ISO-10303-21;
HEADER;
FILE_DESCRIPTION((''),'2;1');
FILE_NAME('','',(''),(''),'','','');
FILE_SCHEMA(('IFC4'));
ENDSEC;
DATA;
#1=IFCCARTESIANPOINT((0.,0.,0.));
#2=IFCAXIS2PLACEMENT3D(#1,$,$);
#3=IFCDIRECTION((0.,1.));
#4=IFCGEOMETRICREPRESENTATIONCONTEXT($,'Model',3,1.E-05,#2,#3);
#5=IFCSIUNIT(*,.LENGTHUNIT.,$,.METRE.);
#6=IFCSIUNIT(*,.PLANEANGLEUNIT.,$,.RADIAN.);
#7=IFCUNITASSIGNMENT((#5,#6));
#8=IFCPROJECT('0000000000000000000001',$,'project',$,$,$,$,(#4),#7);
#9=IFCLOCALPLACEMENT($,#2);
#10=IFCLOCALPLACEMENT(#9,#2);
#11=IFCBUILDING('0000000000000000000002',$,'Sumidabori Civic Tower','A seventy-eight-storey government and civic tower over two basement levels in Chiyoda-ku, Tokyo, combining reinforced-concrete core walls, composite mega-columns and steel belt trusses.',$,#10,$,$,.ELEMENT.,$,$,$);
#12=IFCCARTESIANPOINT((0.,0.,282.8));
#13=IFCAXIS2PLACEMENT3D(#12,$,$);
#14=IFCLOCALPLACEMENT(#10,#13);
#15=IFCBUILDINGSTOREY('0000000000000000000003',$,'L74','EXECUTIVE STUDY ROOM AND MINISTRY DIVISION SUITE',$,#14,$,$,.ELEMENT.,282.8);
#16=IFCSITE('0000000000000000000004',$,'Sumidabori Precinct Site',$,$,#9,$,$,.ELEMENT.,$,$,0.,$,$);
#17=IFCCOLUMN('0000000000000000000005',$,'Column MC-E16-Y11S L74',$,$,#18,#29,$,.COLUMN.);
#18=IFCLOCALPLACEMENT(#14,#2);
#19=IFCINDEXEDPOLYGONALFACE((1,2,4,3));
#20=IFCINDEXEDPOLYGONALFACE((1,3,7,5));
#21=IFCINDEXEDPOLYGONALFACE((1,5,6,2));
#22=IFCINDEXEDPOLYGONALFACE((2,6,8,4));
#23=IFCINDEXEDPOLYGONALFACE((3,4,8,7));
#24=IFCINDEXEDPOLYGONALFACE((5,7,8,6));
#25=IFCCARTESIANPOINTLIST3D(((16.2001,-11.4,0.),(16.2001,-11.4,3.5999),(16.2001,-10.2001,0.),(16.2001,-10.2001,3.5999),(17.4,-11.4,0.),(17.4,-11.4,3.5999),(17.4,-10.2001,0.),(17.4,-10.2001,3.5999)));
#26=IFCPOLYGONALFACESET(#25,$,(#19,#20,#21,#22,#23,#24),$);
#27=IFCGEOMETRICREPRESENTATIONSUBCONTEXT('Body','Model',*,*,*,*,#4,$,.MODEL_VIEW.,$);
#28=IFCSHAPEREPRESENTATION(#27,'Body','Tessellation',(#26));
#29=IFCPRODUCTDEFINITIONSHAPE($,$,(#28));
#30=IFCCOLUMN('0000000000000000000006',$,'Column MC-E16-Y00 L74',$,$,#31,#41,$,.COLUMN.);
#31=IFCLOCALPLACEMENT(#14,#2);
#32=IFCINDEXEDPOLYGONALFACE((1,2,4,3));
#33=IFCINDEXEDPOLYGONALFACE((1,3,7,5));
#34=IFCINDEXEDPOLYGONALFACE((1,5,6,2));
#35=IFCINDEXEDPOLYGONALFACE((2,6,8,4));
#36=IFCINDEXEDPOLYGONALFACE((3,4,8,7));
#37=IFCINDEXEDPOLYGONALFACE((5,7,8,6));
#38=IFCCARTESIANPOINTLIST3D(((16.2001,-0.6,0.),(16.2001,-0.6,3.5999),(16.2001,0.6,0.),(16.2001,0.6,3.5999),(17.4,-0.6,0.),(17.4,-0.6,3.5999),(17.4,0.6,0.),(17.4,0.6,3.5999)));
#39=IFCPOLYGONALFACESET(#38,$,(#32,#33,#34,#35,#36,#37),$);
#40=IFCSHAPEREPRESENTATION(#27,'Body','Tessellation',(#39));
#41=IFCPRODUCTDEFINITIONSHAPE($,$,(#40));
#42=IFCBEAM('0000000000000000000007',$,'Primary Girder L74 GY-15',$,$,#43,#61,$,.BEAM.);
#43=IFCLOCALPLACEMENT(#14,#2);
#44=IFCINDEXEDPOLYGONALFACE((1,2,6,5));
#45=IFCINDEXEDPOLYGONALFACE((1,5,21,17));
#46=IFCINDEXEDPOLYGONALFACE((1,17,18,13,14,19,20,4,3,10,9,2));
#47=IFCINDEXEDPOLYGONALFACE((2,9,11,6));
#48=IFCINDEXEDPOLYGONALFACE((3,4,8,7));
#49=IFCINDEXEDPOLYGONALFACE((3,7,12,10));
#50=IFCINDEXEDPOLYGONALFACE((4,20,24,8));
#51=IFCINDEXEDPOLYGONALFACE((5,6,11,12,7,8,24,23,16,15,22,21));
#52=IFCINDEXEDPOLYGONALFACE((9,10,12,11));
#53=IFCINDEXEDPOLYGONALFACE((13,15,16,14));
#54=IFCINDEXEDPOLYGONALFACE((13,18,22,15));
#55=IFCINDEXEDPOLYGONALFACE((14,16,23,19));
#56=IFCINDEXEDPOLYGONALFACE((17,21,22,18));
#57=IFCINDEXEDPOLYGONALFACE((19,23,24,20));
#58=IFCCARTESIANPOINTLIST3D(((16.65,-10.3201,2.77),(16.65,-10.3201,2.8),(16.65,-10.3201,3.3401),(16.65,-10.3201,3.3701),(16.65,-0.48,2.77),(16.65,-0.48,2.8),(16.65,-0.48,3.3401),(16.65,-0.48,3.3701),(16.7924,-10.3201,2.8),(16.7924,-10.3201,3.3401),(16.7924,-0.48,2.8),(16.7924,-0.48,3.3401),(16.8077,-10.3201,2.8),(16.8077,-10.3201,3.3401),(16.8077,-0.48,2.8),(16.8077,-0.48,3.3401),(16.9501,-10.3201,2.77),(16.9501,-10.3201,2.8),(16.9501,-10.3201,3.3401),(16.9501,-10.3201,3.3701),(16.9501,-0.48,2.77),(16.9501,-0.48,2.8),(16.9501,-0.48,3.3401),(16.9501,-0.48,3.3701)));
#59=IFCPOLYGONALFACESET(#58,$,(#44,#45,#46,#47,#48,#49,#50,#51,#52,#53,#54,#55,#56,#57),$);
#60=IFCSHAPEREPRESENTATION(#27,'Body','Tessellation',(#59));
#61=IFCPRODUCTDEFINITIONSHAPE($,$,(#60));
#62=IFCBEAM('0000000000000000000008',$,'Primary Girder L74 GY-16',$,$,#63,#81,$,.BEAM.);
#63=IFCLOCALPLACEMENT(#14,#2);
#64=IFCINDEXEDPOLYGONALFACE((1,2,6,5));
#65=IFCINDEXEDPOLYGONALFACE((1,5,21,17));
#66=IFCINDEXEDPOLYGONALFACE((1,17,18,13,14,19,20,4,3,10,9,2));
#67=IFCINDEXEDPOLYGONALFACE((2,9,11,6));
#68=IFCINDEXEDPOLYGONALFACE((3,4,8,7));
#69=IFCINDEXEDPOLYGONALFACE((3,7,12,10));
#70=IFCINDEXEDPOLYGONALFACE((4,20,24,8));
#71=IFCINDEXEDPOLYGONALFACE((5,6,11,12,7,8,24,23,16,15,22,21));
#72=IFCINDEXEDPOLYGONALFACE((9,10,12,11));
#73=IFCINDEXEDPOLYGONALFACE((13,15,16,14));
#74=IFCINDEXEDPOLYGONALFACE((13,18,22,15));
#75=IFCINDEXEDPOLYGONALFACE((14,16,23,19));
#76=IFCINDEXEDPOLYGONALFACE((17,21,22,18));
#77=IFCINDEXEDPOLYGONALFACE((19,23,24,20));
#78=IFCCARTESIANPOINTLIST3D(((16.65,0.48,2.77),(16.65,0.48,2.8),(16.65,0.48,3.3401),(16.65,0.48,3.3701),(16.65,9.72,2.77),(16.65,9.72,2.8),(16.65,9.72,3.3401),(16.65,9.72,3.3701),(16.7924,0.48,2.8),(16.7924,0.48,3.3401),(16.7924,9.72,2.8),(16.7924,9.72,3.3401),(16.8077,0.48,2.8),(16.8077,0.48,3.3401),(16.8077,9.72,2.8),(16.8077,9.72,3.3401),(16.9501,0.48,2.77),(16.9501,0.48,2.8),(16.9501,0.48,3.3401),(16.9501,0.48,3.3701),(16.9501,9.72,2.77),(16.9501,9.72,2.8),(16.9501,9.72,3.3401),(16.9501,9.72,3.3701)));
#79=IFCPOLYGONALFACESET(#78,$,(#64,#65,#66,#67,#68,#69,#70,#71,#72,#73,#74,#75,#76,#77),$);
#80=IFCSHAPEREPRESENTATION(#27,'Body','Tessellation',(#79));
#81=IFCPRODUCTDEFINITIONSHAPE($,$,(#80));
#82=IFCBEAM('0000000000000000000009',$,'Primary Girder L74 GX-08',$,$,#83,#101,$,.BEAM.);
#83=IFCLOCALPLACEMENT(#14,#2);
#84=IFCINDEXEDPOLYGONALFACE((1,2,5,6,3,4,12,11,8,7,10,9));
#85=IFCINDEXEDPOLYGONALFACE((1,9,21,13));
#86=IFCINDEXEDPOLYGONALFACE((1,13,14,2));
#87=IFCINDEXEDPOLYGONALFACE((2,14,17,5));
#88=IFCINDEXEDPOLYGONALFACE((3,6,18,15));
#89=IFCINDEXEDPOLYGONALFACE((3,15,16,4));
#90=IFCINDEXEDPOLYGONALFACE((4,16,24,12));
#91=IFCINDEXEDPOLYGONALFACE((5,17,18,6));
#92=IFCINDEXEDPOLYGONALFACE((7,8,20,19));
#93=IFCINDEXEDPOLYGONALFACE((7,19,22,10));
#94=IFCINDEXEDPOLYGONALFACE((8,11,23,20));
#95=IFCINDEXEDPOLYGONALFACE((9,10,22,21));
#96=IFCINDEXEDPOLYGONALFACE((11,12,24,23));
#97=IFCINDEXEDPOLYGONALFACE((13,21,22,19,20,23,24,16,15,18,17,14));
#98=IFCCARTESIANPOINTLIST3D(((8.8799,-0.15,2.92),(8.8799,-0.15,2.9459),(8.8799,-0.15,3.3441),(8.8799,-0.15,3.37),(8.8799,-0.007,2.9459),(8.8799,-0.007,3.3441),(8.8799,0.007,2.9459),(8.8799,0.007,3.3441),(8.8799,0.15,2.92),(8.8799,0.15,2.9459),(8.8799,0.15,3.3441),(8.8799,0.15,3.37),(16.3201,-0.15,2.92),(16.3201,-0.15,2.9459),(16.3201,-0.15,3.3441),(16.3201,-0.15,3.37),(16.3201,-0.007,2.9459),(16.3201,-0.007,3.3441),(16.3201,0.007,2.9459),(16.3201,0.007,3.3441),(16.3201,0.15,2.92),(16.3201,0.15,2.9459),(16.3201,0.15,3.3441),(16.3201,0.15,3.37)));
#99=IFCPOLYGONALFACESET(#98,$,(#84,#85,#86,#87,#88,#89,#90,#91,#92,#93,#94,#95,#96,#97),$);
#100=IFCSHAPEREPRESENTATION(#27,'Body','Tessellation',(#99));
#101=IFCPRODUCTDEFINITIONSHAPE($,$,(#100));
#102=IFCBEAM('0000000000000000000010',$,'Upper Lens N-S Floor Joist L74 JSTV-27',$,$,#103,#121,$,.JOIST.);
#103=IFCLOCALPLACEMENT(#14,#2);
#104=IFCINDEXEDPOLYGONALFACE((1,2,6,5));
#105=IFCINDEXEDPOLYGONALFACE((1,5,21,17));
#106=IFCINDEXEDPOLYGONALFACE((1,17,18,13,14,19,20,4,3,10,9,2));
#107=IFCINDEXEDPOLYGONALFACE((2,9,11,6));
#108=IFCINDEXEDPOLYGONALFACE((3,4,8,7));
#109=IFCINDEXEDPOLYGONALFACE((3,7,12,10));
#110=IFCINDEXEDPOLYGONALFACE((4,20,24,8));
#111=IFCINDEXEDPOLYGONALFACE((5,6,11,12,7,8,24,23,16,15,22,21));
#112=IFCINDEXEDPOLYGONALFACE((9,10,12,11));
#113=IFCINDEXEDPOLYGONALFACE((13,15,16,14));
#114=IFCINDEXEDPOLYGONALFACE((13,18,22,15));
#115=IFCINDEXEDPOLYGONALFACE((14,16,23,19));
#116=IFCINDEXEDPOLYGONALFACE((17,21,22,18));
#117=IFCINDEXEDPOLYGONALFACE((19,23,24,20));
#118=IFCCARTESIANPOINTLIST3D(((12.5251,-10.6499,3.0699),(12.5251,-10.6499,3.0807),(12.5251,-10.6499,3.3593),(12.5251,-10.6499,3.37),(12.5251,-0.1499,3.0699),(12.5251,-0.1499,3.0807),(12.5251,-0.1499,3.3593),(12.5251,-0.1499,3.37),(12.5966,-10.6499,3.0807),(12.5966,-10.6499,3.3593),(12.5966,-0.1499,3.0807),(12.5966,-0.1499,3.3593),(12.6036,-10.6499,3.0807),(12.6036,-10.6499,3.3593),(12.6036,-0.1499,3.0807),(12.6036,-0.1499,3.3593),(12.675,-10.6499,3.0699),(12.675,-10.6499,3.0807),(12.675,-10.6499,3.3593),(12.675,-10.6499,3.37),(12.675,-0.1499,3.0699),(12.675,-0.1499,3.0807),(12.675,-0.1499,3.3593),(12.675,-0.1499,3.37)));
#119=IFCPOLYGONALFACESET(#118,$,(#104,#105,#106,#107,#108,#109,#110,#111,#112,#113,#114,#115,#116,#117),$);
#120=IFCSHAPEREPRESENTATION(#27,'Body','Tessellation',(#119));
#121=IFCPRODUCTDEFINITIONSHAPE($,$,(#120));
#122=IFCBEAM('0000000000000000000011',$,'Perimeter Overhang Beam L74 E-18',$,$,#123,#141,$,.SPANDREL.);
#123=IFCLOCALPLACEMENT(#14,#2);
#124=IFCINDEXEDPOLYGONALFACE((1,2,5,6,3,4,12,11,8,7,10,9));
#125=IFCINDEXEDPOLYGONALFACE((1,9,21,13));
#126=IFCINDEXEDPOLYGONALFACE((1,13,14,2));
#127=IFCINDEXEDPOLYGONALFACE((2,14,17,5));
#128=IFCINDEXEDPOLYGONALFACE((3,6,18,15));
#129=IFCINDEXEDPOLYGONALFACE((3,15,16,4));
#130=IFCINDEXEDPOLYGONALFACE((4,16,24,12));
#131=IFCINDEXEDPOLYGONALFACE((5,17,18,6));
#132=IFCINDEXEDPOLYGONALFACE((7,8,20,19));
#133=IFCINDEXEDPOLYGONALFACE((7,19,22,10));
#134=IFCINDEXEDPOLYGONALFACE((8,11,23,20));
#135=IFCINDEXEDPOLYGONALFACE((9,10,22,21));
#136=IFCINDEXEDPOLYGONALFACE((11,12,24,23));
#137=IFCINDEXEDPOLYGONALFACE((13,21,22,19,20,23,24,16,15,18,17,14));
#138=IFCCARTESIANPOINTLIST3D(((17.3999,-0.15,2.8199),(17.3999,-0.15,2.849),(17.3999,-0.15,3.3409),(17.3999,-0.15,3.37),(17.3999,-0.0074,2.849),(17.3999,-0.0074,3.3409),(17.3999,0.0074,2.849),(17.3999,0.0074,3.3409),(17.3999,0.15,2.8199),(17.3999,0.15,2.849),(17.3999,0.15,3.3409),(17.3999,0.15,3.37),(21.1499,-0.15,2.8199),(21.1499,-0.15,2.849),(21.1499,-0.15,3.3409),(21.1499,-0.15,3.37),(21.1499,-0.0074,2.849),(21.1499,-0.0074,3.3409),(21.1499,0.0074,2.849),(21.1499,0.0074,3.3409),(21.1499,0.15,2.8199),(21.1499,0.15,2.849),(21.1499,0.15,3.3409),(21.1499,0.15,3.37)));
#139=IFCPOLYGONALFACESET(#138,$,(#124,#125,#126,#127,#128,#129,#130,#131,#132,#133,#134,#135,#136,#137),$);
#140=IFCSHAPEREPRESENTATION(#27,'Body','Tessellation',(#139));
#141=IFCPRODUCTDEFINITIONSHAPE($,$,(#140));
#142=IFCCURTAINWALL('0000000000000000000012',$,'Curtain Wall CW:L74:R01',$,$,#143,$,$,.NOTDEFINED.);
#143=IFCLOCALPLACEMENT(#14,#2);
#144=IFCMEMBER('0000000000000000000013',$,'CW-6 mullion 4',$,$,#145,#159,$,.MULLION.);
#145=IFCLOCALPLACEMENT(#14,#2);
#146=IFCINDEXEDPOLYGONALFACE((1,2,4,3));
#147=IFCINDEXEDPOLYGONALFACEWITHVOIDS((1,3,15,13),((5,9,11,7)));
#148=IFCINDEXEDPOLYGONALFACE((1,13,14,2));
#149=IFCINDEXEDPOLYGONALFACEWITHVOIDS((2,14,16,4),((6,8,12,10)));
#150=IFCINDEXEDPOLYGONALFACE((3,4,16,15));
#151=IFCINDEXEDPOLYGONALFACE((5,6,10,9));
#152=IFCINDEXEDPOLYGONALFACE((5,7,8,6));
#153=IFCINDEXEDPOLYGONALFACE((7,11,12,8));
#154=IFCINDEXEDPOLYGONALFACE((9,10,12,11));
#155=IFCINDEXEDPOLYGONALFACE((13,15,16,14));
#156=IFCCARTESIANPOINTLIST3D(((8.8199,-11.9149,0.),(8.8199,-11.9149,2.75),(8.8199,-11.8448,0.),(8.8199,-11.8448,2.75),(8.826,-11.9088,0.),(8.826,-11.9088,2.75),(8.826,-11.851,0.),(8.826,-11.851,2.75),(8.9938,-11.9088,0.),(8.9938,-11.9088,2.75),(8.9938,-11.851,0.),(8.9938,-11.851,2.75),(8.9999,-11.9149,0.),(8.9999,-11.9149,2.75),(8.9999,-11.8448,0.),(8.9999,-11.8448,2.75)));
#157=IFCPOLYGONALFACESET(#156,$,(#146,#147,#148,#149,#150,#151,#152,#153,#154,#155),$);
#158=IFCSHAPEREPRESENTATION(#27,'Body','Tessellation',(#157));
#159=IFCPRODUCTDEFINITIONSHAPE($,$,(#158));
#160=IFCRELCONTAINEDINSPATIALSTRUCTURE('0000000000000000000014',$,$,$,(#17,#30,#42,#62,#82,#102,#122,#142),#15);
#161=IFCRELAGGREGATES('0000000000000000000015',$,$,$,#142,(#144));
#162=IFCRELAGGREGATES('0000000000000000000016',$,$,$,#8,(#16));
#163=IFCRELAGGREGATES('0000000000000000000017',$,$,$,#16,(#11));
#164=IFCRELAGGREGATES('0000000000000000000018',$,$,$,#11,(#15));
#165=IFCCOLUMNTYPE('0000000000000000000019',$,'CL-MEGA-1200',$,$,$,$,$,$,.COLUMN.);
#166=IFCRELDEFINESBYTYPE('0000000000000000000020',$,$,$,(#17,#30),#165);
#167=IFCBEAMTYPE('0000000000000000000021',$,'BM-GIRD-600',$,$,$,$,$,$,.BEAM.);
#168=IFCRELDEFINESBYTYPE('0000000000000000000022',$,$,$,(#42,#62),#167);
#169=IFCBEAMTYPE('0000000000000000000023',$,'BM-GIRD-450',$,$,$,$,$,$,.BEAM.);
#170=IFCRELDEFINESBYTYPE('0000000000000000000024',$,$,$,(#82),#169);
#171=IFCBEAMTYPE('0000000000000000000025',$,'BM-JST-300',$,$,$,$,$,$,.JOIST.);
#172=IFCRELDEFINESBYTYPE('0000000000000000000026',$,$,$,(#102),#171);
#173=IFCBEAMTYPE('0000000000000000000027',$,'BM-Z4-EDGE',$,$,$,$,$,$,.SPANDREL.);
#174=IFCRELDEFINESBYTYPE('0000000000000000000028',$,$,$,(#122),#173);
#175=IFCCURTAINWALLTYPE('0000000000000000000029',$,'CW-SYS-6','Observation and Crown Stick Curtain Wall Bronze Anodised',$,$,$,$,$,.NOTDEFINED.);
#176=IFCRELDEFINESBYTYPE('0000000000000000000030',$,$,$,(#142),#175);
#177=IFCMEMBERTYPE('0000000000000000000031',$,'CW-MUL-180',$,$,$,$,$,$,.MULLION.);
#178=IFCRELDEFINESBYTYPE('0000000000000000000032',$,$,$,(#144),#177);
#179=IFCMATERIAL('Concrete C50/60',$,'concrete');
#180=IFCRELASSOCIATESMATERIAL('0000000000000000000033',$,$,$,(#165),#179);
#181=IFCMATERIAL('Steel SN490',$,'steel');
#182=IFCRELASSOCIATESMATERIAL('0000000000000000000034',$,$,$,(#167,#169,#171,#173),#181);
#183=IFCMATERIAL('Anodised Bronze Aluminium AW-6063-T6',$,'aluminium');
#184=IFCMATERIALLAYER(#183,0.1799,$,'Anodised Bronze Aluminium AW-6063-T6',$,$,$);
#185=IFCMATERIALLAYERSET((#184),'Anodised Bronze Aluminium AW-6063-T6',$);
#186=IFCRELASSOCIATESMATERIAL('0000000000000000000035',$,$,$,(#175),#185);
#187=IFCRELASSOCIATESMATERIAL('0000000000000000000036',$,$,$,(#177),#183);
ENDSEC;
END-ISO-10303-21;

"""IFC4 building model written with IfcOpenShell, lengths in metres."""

from ifc_helpers import new_model, si_unit, direction, frame, origin, origin_2d, place, context, subcontext, project, spatial, rectangle, hollow_rectangle, i_section, extrude, source, transform, mapped, material, layer, layer_set, material_profile, profile_set, type_object, element, aggregate, save


model = new_model("IFC4")

# Units and contexts
model_context = context("Model", 3, precision=1e-05, world=origin(), true_north=direction((0.0, 1.0)))
body_context = subcontext(model_context, "Body", "Model", "MODEL_VIEW")
ifc_project = project(units=[si_unit("LENGTHUNIT", "METRE"), si_unit("PLANEANGLEUNIT", "RADIAN")], contexts=[model_context])

# Site, building, storey
site_placement = place(None, origin())
site = spatial("IfcSite", under=ifc_project, at=site_placement, Name="Sumidabori Precinct Site", CompositionType="ELEMENT", RefElevation=0.0)
building_placement = place(site_placement, origin())
building = spatial("IfcBuilding", under=site, at=building_placement, Name="Sumidabori Civic Tower", Description="A seventy-eight-storey government and civic tower over two basement levels in Chiyoda-ku, Tokyo, combining reinforced-concrete core walls, composite mega-columns and steel belt trusses.", CompositionType="ELEMENT")
storey_placement = place(building_placement, frame((0.0, 0.0, 282.8)))
storey = spatial("IfcBuildingStorey", under=building, at=storey_placement, Name="L74", Description="EXECUTIVE STUDY ROOM AND MINISTRY DIVISION SUITE", CompositionType="ELEMENT", Elevation=282.8)

# Columns
ifc_material_1 = material(Name="Concrete C50/60", Category="concrete")
ifc_material_profile_1 = material_profile(ifc_material_1, rectangle(XDim=1.2, YDim=1.2, at=origin_2d()), Name="RC 1200x1200")
ifc_profile_set_1 = profile_set([ifc_material_profile_1], Name="Concrete C50/60")
column_type = type_object("IfcColumnType", Name="CL-MEGA-1200", PredefinedType="COLUMN", material=ifc_profile_set_1)
shared_shape_1 = source(origin(), body_context, "Body", "SweptSolid", [
    extrude(rectangle(XDim=1.2, YDim=1.2, at=origin_2d()), origin(), (0.0, 0.0, 1.0), 3.5999),
])
for number, where, z_axis, x_axis, name in (
    (1, (16.8, -10.8, 0.0), (0.0, 0.0, 1.0), (1.0, 0.0, 0.0), "Column MC-E16-Y11S L74"),
    (2, (16.8, 0.0, 0.0), (0.0, 0.0, 1.0), (1.0, 0.0, 0.0), "Column MC-E16-Y00 L74"),
):
    element("IfcColumn", number, at=place(storey_placement, frame(where, z_axis=z_axis, x_axis=x_axis)), inside=storey, type_object=column_type, Name=name, PredefinedType="COLUMN", context=body_context, shape_type="MappedRepresentation", body=[
        mapped(shared_shape_1, transform((0.0, 0.0, 0.0), x_axis=(1.0, 0.0, 0.0), y_axis=(0.0, 1.0, 0.0), z_axis=(0.0, 0.0, 1.0), scale=1.0)),
    ])

# Beams
ifc_material_2 = material(Name="Steel SN490", Category="steel")
ifc_material_profile_2 = material_profile(ifc_material_2, i_section(OverallWidth=0.3, OverallDepth=0.6001, WebThickness=0.0154, FlangeThickness=0.03, at=origin_2d()), Name="HE 600 B")
ifc_profile_set_2 = profile_set([ifc_material_profile_2], Name="Steel SN490")
beam_type_1 = type_object("IfcBeamType", Name="BM-GIRD-600", PredefinedType="BEAM", material=ifc_profile_set_2)
shared_shape_2 = source(origin(), body_context, "Body", "SweptSolid", [
    extrude(i_section(OverallWidth=0.3, OverallDepth=0.6001, WebThickness=0.0154, FlangeThickness=0.03, at=origin_2d()), origin(), (0.0, 0.0, 1.0), 9.8401),
])
beam_1_placement = place(storey_placement, frame((16.8, -10.3201, 3.0701), z_axis=(0.0, 1.0, 0.0), x_axis=(-1.0, 0.0, 0.0)))
element("IfcBeam", 3, at=beam_1_placement, inside=storey, type_object=beam_type_1, Name="Primary Girder L74 GY-15", PredefinedType="BEAM", context=body_context, shape_type="MappedRepresentation", body=[
    mapped(shared_shape_2, transform((0.0, 0.0, 0.0), x_axis=(1.0, 0.0, 0.0), y_axis=(0.0, 1.0, 0.0), z_axis=(0.0, 0.0, 1.0), scale=1.0)),
])
shared_shape_3 = source(origin(), body_context, "Body", "SweptSolid", [
    extrude(i_section(OverallWidth=0.3, OverallDepth=0.6001, WebThickness=0.0154, FlangeThickness=0.03, at=origin_2d()), origin(), (0.0, 0.0, 1.0), 9.24),
])
beam_2_placement = place(storey_placement, frame((16.8, 0.48, 3.0701), z_axis=(0.0, 1.0, 0.0), x_axis=(-1.0, 0.0, 0.0)))
element("IfcBeam", 4, at=beam_2_placement, inside=storey, type_object=beam_type_1, Name="Primary Girder L74 GY-16", PredefinedType="BEAM", context=body_context, shape_type="MappedRepresentation", body=[
    mapped(shared_shape_3, transform((0.0, 0.0, 0.0), x_axis=(1.0, 0.0, 0.0), y_axis=(0.0, 1.0, 0.0), z_axis=(0.0, 0.0, 1.0), scale=1.0)),
])
ifc_material_profile_3 = material_profile(ifc_material_2, i_section(OverallWidth=0.3, OverallDepth=0.45, WebThickness=0.0139, FlangeThickness=0.0259, at=origin_2d()), Name="HE 450 B")
ifc_profile_set_3 = profile_set([ifc_material_profile_3], Name="Steel SN490")
beam_type_2 = type_object("IfcBeamType", Name="BM-GIRD-450", PredefinedType="BEAM", material=ifc_profile_set_3)
shared_shape_4 = source(origin(), body_context, "Body", "SweptSolid", [
    extrude(i_section(OverallWidth=0.3, OverallDepth=0.45, WebThickness=0.0139, FlangeThickness=0.0259, at=origin_2d()), origin(), (0.0, 0.0, 1.0), 7.4402),
])
beam_3_placement = place(storey_placement, frame((8.8799, 0.0, 3.145), z_axis=(1.0, 0.0, 0.0), x_axis=(0.0, 1.0, 0.0)))
element("IfcBeam", 5, at=beam_3_placement, inside=storey, type_object=beam_type_2, Name="Primary Girder L74 GX-08", PredefinedType="BEAM", context=body_context, shape_type="MappedRepresentation", body=[
    mapped(shared_shape_4, transform((0.0, 0.0, 0.0), x_axis=(1.0, 0.0, 0.0), y_axis=(0.0, 1.0, 0.0), z_axis=(0.0, 0.0, 1.0), scale=1.0)),
])
ifc_material_profile_4 = material_profile(ifc_material_2, i_section(OverallWidth=0.1499, OverallDepth=0.3, WebThickness=0.0071, FlangeThickness=0.0107, at=origin_2d()), Name="IPE 300")
ifc_profile_set_4 = profile_set([ifc_material_profile_4], Name="Steel SN490")
beam_type_3 = type_object("IfcBeamType", Name="BM-JST-300", PredefinedType="JOIST", material=ifc_profile_set_4)
shared_shape_5 = source(origin(), body_context, "Body", "SweptSolid", [
    extrude(i_section(OverallWidth=0.1499, OverallDepth=0.3, WebThickness=0.0071, FlangeThickness=0.0107, at=origin_2d()), origin(), (0.0, 0.0, 1.0), 10.5),
])
beam_4_placement = place(storey_placement, frame((12.6001, -10.6499, 3.22), z_axis=(0.0, 1.0, 0.0), x_axis=(-1.0, 0.0, 0.0)))
element("IfcBeam", 6, at=beam_4_placement, inside=storey, type_object=beam_type_3, Name="Upper Lens N-S Floor Joist L74 JSTV-27", PredefinedType="JOIST", context=body_context, shape_type="MappedRepresentation", body=[
    mapped(shared_shape_5, transform((0.0, 0.0, 0.0), x_axis=(1.0, 0.0, 0.0), y_axis=(0.0, 1.0, 0.0), z_axis=(0.0, 0.0, 1.0), scale=1.0)),
])
ifc_material_profile_5 = material_profile(ifc_material_2, i_section(OverallWidth=0.3, OverallDepth=0.55, WebThickness=0.0149, FlangeThickness=0.0291, at=origin_2d()), Name="HE 550 B")
ifc_profile_set_5 = profile_set([ifc_material_profile_5], Name="Steel SN490")
beam_type_4 = type_object("IfcBeamType", Name="BM-Z4-EDGE", PredefinedType="SPANDREL", material=ifc_profile_set_5)
shared_shape_6 = source(origin(), body_context, "Body", "SweptSolid", [
    extrude(i_section(OverallWidth=0.3, OverallDepth=0.55, WebThickness=0.0149, FlangeThickness=0.0291, at=origin_2d()), origin(), (0.0, 0.0, 1.0), 3.75),
])
beam_5_placement = place(storey_placement, frame((17.3999, 0.0, 3.095), z_axis=(1.0, 0.0, 0.0), x_axis=(0.0, 1.0, 0.0)))
element("IfcBeam", 7, at=beam_5_placement, inside=storey, type_object=beam_type_4, Name="Perimeter Overhang Beam L74 E-18", PredefinedType="SPANDREL", context=body_context, shape_type="MappedRepresentation", body=[
    mapped(shared_shape_6, transform((0.0, 0.0, 0.0), x_axis=(1.0, 0.0, 0.0), y_axis=(0.0, 1.0, 0.0), z_axis=(0.0, 0.0, 1.0), scale=1.0)),
])

# Curtain wall, member
ifc_material_3 = material(Name="Anodised Bronze Aluminium AW-6063-T6", Category="aluminium")
ifc_layer_1 = layer(ifc_material_3, 0.1799, Name="Anodised Bronze Aluminium AW-6063-T6")
ifc_layer_set_1 = layer_set([ifc_layer_1], Name="Anodised Bronze Aluminium AW-6063-T6")
curtain_wall_type = type_object("IfcCurtainWallType", Name="CW-SYS-6", Description="Observation and Crown Stick Curtain Wall Bronze Anodised", PredefinedType="NOTDEFINED", material=ifc_layer_set_1)
curtain_wall_1_placement = place(storey_placement, origin())
curtain_wall_1 = element("IfcCurtainWall", 8, at=curtain_wall_1_placement, inside=storey, type_object=curtain_wall_type, Name="Curtain Wall CW:L74:R01", PredefinedType="NOTDEFINED")
ifc_material_profile_6 = material_profile(ifc_material_3, hollow_rectangle(XDim=0.0701, YDim=0.1799, WallThickness=0.0061, at=origin_2d()), Name="ALU MULLION 180x70")
ifc_profile_set_6 = profile_set([ifc_material_profile_6], Name="Anodised Bronze Aluminium AW-6063-T6")
member_type_1 = type_object("IfcMemberType", Name="CW-MUL-180", PredefinedType="MULLION", material=ifc_profile_set_6)
shared_shape_7 = source(origin(), body_context, "Body", "SweptSolid", [
    extrude(hollow_rectangle(XDim=0.0701, YDim=0.1799, WallThickness=0.0061, at=origin_2d()), origin(), (0.0, 0.0, 1.0), 2.75),
])
member_1_placement = place(storey_placement, frame((8.9099, -11.8799, 0.0), z_axis=(0.0, 0.0, 1.0), x_axis=(0.0, 1.0, 0.0)))
member_1 = element("IfcMember", 9, at=member_1_placement, type_object=member_type_1, Name="CW-6 mullion 4", PredefinedType="MULLION", context=body_context, shape_type="MappedRepresentation", body=[
    mapped(shared_shape_7, transform((0.0, 0.0, 0.0), x_axis=(1.0, 0.0, 0.0), y_axis=(0.0, 1.0, 0.0), z_axis=(0.0, 0.0, 1.0), scale=1.0)),
])

aggregate(curtain_wall_1, [member_1])

save(model, "model.ifc")
